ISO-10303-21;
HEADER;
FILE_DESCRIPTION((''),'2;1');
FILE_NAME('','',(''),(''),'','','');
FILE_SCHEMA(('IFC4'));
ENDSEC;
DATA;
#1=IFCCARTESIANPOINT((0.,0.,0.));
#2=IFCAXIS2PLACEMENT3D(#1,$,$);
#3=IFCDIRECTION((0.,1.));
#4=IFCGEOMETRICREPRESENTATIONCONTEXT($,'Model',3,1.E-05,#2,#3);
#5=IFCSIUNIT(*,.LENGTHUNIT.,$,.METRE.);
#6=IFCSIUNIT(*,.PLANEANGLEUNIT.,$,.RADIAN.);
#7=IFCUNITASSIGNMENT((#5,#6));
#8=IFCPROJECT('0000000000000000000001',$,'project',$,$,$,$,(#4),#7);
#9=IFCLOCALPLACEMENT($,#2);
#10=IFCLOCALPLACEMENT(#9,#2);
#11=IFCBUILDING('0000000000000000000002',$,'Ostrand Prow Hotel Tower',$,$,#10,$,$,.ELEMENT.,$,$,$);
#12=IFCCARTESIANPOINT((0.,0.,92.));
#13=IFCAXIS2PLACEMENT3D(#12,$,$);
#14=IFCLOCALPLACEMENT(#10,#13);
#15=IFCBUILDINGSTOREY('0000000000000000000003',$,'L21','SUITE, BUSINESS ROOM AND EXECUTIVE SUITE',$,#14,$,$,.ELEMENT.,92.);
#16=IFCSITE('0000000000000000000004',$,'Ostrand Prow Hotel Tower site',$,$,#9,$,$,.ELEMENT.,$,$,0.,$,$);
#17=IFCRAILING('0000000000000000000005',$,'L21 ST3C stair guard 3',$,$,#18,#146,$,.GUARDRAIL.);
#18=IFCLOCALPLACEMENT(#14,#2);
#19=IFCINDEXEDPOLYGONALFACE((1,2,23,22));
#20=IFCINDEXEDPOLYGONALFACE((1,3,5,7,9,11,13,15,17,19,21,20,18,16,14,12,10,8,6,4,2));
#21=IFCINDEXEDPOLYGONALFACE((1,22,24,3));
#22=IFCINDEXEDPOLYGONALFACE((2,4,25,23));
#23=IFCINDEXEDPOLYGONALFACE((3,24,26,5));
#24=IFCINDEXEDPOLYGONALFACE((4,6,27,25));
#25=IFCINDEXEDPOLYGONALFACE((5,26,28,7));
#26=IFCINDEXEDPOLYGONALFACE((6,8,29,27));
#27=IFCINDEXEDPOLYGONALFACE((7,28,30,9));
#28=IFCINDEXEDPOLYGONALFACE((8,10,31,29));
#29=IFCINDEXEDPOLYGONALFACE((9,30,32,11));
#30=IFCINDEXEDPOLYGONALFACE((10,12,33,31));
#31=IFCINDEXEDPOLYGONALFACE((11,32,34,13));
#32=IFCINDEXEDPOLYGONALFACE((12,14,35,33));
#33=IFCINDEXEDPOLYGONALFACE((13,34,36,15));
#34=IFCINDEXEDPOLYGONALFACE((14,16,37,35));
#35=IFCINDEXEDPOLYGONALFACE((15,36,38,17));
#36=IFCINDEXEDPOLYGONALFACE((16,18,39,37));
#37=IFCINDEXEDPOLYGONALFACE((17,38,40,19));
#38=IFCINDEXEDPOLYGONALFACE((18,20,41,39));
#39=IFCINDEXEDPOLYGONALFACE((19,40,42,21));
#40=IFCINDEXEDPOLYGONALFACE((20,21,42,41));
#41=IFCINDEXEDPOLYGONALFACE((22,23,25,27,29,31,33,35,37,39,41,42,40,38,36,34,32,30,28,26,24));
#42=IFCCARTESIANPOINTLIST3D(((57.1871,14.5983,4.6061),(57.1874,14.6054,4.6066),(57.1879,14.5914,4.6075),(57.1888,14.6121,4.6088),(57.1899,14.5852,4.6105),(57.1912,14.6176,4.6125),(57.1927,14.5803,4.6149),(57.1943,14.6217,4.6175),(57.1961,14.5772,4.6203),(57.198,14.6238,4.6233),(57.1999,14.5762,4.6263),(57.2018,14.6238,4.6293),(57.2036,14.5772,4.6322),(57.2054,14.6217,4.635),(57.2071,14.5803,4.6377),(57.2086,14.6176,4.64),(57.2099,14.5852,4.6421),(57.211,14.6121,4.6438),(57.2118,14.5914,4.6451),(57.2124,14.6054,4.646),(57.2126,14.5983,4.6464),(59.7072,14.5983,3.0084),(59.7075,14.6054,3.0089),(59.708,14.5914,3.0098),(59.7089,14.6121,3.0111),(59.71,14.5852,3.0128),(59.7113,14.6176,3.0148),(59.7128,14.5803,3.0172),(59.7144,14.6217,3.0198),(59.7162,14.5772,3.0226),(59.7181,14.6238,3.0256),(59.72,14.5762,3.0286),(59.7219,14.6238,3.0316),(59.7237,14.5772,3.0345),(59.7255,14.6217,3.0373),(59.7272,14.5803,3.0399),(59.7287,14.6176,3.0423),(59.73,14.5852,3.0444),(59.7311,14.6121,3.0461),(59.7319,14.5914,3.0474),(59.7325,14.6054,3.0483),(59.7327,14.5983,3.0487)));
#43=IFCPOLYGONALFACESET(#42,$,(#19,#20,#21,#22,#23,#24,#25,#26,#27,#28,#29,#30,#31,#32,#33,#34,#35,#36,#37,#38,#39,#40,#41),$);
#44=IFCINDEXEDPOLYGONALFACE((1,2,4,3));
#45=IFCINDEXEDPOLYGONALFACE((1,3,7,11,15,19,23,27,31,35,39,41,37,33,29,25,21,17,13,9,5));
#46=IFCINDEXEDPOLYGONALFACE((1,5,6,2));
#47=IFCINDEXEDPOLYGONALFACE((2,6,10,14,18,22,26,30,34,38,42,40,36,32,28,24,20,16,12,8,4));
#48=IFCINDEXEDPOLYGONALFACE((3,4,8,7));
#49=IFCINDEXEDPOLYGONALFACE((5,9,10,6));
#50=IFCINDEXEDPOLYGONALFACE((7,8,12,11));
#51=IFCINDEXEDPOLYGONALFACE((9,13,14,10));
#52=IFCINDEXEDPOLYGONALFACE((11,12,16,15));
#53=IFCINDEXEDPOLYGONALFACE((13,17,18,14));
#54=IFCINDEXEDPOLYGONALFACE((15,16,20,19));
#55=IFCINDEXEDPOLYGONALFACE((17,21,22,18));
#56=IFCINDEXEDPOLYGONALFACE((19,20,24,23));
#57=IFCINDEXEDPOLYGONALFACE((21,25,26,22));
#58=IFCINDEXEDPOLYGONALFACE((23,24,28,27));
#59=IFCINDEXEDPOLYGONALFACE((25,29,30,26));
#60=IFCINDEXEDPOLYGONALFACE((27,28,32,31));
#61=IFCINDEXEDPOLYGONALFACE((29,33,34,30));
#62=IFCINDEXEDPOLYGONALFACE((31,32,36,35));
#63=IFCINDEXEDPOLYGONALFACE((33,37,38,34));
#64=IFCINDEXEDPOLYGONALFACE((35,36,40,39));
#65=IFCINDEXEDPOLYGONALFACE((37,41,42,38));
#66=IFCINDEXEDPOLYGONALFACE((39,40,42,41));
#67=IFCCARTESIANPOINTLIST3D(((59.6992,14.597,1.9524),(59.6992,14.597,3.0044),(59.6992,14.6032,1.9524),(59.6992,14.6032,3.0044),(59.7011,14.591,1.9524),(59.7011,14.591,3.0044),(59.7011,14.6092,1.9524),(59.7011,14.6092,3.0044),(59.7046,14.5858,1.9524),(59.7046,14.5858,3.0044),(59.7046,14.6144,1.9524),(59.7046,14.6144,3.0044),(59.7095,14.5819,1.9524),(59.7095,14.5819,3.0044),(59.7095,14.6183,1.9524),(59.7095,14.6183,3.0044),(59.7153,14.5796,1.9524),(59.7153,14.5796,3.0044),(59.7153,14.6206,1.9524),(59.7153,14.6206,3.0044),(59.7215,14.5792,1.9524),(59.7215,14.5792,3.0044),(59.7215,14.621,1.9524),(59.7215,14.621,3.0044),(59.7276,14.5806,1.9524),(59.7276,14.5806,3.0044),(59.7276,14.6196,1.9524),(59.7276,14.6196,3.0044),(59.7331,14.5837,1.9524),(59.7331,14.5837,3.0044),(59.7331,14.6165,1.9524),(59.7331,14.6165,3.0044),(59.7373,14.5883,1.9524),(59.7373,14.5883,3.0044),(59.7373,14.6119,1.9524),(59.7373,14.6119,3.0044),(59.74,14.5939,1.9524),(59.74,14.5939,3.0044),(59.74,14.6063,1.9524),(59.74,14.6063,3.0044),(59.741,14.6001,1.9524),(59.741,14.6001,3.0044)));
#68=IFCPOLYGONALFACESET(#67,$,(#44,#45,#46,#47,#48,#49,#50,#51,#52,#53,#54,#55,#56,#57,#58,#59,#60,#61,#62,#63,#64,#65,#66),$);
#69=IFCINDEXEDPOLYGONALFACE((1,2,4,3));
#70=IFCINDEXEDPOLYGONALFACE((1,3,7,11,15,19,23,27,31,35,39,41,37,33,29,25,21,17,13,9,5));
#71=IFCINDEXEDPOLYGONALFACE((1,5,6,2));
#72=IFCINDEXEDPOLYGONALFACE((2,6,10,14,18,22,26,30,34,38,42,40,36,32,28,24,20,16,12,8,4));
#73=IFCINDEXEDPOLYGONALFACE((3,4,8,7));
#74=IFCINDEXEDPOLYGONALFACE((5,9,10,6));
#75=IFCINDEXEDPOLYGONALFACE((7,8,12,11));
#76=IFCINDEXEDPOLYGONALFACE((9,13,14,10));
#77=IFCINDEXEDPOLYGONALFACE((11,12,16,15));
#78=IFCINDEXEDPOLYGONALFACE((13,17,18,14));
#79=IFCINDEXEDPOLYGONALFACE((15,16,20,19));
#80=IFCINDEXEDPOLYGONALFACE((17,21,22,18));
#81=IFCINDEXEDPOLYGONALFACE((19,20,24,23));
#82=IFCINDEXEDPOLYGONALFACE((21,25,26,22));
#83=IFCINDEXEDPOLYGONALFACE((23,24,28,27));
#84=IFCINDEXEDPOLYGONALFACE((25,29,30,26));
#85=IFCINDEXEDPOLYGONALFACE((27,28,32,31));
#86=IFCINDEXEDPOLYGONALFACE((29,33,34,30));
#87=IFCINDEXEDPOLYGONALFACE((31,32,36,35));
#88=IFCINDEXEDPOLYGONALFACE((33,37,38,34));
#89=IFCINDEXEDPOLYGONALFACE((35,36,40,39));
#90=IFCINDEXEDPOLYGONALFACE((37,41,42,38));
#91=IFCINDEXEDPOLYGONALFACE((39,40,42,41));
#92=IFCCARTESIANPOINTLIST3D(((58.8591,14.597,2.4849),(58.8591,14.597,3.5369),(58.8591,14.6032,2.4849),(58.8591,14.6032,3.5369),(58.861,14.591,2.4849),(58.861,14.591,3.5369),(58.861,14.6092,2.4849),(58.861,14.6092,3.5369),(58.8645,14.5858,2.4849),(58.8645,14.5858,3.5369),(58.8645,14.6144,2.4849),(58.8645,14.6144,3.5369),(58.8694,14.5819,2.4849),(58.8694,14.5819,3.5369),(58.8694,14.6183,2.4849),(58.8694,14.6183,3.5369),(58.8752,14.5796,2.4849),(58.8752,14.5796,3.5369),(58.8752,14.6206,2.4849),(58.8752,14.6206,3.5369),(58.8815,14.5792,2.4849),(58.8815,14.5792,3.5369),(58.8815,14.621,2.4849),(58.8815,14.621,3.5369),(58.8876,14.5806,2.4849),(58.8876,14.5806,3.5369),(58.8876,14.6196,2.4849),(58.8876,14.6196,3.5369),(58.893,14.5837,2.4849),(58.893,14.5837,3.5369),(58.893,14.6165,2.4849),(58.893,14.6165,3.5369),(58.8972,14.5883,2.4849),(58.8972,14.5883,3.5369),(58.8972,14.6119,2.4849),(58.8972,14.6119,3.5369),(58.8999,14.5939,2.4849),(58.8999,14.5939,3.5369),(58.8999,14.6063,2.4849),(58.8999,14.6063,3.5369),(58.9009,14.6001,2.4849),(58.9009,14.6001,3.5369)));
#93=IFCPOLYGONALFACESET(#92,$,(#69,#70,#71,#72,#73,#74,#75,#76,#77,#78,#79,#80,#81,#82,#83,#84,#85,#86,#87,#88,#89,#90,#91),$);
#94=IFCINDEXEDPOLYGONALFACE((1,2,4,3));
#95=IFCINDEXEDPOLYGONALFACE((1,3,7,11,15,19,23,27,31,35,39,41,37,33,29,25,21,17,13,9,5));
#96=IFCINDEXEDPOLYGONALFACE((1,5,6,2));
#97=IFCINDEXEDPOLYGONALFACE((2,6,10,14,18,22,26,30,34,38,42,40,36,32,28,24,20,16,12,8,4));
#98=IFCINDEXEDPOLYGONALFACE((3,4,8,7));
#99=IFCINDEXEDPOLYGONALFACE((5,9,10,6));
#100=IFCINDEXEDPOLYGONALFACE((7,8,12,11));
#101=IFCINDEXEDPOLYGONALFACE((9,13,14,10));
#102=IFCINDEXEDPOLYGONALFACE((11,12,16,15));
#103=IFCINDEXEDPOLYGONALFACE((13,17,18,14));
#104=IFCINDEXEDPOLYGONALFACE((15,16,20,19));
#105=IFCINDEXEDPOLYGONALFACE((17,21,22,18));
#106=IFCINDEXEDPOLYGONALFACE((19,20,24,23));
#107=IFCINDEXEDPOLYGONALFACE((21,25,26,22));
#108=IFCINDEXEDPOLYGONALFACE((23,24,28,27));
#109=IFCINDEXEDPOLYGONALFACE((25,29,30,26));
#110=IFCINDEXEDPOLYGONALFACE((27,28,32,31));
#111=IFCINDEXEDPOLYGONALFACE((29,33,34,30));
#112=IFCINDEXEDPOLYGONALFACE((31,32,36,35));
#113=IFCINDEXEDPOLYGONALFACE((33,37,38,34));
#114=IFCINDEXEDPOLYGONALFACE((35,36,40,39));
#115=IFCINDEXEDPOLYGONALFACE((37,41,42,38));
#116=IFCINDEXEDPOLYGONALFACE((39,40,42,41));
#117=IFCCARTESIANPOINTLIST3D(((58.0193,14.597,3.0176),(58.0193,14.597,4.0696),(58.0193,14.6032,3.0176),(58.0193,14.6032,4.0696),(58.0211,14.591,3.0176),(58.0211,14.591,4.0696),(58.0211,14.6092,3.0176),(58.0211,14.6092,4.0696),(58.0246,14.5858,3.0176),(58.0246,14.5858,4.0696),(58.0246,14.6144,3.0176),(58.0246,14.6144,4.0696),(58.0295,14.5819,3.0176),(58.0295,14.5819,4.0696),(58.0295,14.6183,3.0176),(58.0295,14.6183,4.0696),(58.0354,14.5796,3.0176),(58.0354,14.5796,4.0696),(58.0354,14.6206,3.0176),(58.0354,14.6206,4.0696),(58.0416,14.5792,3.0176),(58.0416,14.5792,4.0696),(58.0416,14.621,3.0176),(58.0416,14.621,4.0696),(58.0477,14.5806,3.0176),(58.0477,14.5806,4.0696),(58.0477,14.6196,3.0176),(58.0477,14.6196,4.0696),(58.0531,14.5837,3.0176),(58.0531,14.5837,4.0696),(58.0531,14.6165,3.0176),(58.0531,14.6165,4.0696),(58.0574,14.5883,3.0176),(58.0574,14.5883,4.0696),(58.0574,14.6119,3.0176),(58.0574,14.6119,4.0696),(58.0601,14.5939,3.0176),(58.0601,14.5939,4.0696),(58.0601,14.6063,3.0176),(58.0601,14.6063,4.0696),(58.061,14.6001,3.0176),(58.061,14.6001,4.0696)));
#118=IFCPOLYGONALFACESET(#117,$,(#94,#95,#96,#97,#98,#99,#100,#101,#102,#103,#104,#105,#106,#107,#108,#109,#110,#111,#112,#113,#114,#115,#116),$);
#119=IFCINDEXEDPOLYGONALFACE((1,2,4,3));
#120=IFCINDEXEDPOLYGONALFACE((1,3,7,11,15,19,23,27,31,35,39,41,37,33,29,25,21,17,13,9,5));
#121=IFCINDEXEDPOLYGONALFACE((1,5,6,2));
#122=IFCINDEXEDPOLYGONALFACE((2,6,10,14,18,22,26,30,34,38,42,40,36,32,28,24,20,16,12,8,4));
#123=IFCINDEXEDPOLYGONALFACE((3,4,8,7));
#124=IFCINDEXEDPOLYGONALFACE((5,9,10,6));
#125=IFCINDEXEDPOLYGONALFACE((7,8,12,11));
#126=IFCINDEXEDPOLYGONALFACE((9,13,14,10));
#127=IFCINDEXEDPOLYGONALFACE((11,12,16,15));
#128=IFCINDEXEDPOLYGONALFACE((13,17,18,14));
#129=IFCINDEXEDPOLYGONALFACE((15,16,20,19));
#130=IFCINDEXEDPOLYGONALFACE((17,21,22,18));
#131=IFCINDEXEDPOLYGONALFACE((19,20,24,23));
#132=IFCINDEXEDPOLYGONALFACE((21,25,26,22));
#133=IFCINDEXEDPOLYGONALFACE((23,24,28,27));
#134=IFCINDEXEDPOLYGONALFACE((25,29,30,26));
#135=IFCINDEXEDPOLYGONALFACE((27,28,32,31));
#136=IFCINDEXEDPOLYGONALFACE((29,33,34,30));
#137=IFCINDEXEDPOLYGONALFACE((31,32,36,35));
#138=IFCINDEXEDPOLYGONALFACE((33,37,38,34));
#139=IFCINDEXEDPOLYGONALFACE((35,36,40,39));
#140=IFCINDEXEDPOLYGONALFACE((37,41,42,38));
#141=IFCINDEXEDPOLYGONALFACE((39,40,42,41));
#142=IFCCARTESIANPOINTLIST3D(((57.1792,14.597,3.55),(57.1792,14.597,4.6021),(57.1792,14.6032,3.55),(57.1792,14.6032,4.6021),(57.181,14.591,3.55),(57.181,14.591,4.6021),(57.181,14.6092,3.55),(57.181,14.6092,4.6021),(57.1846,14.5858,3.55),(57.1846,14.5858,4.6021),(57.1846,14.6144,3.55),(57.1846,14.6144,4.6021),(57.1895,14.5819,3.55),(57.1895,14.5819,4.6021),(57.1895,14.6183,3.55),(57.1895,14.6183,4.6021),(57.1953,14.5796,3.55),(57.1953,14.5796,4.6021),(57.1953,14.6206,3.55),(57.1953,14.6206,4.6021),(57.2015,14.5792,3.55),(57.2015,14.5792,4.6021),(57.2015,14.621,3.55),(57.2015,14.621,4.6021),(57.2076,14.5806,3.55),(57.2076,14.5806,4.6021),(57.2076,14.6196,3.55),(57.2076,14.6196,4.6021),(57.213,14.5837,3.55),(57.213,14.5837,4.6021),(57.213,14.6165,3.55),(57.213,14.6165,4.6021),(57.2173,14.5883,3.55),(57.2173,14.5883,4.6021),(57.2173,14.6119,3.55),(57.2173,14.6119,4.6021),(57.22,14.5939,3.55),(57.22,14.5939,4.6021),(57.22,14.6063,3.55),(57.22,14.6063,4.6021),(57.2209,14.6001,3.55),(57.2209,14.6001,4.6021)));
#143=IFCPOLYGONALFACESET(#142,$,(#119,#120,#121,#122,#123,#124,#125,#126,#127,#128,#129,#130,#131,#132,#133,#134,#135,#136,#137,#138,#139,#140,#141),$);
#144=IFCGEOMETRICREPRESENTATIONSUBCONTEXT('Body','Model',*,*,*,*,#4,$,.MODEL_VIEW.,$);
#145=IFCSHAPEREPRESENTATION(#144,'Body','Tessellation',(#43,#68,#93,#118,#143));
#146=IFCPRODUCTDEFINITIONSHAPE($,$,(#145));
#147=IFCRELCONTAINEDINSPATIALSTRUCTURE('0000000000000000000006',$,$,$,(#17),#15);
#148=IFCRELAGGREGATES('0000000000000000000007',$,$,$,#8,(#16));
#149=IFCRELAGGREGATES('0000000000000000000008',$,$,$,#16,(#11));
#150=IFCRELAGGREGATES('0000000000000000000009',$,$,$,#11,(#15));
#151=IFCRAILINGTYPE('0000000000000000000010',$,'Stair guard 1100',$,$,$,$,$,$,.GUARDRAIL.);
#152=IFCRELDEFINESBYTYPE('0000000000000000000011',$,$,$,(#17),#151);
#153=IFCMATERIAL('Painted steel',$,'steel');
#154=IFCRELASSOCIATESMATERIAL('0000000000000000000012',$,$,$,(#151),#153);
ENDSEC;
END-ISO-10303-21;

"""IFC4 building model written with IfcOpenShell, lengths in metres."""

from ifc_helpers import new_model, si_unit, direction, frame, origin, origin_2d, place, context, subcontext, project, spatial, circle, extrude, material, type_object, element, save


model = new_model("IFC4")

# Units and contexts
model_context = context("Model", 3, precision=1e-05, world=origin(), true_north=direction((0.0, 1.0)))
body_context = subcontext(model_context, "Body", "Model", "MODEL_VIEW")
ifc_project = project(units=[si_unit("LENGTHUNIT", "METRE"), si_unit("PLANEANGLEUNIT", "RADIAN")], contexts=[model_context])

# Site, building, storey
site_placement = place(None, origin())
site = spatial("IfcSite", under=ifc_project, at=site_placement, Name="Ostrand Prow Hotel Tower site", CompositionType="ELEMENT", RefElevation=0.0)
building_placement = place(site_placement, origin())
building = spatial("IfcBuilding", under=site, at=building_placement, Name="Ostrand Prow Hotel Tower", CompositionType="ELEMENT")
storey_placement = place(building_placement, frame((0.0, 0.0, 92.0)))
storey = spatial("IfcBuildingStorey", under=building, at=storey_placement, Name="L21", Description="SUITE, BUSINESS ROOM AND EXECUTIVE SUITE", CompositionType="ELEMENT", Elevation=92.0)

# Railing
ifc_material_1 = material(Name="Painted steel", Category="steel")
railing_type_1 = type_object("IfcRailingType", Name="Stair guard 1100", PredefinedType="GUARDRAIL", material=ifc_material_1)
railing_1_placement = place(storey_placement, frame((59.72, 14.6001, 1.9524)))
element("IfcRailing", 1, at=railing_1_placement, inside=storey, type_object=railing_type_1, Name="L21 ST3C stair guard 3", PredefinedType="GUARDRAIL", context=body_context, shape_type="SweptSolid", body=[
    extrude(circle(Radius=0.0239, at=origin_2d()), frame((0.0, 0.0, 1.0762), z_axis=(-0.84457, 0.0, 0.535445), x_axis=(0.0, -1.0, 0.0)), (0.0, 0.0, 1.0), 2.9839),
    extrude(circle(Radius=0.021, at=origin_2d()), origin(), (0.0, 0.0, 1.0), 1.052),
    extrude(circle(Radius=0.021, at=origin_2d()), frame((-0.8401, 0.0, 0.5325)), (0.0, 0.0, 1.0), 1.052),
    extrude(circle(Radius=0.021, at=origin_2d()), frame((-1.6799, 0.0, 1.0652)), (0.0, 0.0, 1.0), 1.052),
    extrude(circle(Radius=0.021, at=origin_2d()), frame((-2.52, 0.0, 1.5977)), (0.0, 0.0, 1.0), 1.052),
])

save(model, "model.ifc")
